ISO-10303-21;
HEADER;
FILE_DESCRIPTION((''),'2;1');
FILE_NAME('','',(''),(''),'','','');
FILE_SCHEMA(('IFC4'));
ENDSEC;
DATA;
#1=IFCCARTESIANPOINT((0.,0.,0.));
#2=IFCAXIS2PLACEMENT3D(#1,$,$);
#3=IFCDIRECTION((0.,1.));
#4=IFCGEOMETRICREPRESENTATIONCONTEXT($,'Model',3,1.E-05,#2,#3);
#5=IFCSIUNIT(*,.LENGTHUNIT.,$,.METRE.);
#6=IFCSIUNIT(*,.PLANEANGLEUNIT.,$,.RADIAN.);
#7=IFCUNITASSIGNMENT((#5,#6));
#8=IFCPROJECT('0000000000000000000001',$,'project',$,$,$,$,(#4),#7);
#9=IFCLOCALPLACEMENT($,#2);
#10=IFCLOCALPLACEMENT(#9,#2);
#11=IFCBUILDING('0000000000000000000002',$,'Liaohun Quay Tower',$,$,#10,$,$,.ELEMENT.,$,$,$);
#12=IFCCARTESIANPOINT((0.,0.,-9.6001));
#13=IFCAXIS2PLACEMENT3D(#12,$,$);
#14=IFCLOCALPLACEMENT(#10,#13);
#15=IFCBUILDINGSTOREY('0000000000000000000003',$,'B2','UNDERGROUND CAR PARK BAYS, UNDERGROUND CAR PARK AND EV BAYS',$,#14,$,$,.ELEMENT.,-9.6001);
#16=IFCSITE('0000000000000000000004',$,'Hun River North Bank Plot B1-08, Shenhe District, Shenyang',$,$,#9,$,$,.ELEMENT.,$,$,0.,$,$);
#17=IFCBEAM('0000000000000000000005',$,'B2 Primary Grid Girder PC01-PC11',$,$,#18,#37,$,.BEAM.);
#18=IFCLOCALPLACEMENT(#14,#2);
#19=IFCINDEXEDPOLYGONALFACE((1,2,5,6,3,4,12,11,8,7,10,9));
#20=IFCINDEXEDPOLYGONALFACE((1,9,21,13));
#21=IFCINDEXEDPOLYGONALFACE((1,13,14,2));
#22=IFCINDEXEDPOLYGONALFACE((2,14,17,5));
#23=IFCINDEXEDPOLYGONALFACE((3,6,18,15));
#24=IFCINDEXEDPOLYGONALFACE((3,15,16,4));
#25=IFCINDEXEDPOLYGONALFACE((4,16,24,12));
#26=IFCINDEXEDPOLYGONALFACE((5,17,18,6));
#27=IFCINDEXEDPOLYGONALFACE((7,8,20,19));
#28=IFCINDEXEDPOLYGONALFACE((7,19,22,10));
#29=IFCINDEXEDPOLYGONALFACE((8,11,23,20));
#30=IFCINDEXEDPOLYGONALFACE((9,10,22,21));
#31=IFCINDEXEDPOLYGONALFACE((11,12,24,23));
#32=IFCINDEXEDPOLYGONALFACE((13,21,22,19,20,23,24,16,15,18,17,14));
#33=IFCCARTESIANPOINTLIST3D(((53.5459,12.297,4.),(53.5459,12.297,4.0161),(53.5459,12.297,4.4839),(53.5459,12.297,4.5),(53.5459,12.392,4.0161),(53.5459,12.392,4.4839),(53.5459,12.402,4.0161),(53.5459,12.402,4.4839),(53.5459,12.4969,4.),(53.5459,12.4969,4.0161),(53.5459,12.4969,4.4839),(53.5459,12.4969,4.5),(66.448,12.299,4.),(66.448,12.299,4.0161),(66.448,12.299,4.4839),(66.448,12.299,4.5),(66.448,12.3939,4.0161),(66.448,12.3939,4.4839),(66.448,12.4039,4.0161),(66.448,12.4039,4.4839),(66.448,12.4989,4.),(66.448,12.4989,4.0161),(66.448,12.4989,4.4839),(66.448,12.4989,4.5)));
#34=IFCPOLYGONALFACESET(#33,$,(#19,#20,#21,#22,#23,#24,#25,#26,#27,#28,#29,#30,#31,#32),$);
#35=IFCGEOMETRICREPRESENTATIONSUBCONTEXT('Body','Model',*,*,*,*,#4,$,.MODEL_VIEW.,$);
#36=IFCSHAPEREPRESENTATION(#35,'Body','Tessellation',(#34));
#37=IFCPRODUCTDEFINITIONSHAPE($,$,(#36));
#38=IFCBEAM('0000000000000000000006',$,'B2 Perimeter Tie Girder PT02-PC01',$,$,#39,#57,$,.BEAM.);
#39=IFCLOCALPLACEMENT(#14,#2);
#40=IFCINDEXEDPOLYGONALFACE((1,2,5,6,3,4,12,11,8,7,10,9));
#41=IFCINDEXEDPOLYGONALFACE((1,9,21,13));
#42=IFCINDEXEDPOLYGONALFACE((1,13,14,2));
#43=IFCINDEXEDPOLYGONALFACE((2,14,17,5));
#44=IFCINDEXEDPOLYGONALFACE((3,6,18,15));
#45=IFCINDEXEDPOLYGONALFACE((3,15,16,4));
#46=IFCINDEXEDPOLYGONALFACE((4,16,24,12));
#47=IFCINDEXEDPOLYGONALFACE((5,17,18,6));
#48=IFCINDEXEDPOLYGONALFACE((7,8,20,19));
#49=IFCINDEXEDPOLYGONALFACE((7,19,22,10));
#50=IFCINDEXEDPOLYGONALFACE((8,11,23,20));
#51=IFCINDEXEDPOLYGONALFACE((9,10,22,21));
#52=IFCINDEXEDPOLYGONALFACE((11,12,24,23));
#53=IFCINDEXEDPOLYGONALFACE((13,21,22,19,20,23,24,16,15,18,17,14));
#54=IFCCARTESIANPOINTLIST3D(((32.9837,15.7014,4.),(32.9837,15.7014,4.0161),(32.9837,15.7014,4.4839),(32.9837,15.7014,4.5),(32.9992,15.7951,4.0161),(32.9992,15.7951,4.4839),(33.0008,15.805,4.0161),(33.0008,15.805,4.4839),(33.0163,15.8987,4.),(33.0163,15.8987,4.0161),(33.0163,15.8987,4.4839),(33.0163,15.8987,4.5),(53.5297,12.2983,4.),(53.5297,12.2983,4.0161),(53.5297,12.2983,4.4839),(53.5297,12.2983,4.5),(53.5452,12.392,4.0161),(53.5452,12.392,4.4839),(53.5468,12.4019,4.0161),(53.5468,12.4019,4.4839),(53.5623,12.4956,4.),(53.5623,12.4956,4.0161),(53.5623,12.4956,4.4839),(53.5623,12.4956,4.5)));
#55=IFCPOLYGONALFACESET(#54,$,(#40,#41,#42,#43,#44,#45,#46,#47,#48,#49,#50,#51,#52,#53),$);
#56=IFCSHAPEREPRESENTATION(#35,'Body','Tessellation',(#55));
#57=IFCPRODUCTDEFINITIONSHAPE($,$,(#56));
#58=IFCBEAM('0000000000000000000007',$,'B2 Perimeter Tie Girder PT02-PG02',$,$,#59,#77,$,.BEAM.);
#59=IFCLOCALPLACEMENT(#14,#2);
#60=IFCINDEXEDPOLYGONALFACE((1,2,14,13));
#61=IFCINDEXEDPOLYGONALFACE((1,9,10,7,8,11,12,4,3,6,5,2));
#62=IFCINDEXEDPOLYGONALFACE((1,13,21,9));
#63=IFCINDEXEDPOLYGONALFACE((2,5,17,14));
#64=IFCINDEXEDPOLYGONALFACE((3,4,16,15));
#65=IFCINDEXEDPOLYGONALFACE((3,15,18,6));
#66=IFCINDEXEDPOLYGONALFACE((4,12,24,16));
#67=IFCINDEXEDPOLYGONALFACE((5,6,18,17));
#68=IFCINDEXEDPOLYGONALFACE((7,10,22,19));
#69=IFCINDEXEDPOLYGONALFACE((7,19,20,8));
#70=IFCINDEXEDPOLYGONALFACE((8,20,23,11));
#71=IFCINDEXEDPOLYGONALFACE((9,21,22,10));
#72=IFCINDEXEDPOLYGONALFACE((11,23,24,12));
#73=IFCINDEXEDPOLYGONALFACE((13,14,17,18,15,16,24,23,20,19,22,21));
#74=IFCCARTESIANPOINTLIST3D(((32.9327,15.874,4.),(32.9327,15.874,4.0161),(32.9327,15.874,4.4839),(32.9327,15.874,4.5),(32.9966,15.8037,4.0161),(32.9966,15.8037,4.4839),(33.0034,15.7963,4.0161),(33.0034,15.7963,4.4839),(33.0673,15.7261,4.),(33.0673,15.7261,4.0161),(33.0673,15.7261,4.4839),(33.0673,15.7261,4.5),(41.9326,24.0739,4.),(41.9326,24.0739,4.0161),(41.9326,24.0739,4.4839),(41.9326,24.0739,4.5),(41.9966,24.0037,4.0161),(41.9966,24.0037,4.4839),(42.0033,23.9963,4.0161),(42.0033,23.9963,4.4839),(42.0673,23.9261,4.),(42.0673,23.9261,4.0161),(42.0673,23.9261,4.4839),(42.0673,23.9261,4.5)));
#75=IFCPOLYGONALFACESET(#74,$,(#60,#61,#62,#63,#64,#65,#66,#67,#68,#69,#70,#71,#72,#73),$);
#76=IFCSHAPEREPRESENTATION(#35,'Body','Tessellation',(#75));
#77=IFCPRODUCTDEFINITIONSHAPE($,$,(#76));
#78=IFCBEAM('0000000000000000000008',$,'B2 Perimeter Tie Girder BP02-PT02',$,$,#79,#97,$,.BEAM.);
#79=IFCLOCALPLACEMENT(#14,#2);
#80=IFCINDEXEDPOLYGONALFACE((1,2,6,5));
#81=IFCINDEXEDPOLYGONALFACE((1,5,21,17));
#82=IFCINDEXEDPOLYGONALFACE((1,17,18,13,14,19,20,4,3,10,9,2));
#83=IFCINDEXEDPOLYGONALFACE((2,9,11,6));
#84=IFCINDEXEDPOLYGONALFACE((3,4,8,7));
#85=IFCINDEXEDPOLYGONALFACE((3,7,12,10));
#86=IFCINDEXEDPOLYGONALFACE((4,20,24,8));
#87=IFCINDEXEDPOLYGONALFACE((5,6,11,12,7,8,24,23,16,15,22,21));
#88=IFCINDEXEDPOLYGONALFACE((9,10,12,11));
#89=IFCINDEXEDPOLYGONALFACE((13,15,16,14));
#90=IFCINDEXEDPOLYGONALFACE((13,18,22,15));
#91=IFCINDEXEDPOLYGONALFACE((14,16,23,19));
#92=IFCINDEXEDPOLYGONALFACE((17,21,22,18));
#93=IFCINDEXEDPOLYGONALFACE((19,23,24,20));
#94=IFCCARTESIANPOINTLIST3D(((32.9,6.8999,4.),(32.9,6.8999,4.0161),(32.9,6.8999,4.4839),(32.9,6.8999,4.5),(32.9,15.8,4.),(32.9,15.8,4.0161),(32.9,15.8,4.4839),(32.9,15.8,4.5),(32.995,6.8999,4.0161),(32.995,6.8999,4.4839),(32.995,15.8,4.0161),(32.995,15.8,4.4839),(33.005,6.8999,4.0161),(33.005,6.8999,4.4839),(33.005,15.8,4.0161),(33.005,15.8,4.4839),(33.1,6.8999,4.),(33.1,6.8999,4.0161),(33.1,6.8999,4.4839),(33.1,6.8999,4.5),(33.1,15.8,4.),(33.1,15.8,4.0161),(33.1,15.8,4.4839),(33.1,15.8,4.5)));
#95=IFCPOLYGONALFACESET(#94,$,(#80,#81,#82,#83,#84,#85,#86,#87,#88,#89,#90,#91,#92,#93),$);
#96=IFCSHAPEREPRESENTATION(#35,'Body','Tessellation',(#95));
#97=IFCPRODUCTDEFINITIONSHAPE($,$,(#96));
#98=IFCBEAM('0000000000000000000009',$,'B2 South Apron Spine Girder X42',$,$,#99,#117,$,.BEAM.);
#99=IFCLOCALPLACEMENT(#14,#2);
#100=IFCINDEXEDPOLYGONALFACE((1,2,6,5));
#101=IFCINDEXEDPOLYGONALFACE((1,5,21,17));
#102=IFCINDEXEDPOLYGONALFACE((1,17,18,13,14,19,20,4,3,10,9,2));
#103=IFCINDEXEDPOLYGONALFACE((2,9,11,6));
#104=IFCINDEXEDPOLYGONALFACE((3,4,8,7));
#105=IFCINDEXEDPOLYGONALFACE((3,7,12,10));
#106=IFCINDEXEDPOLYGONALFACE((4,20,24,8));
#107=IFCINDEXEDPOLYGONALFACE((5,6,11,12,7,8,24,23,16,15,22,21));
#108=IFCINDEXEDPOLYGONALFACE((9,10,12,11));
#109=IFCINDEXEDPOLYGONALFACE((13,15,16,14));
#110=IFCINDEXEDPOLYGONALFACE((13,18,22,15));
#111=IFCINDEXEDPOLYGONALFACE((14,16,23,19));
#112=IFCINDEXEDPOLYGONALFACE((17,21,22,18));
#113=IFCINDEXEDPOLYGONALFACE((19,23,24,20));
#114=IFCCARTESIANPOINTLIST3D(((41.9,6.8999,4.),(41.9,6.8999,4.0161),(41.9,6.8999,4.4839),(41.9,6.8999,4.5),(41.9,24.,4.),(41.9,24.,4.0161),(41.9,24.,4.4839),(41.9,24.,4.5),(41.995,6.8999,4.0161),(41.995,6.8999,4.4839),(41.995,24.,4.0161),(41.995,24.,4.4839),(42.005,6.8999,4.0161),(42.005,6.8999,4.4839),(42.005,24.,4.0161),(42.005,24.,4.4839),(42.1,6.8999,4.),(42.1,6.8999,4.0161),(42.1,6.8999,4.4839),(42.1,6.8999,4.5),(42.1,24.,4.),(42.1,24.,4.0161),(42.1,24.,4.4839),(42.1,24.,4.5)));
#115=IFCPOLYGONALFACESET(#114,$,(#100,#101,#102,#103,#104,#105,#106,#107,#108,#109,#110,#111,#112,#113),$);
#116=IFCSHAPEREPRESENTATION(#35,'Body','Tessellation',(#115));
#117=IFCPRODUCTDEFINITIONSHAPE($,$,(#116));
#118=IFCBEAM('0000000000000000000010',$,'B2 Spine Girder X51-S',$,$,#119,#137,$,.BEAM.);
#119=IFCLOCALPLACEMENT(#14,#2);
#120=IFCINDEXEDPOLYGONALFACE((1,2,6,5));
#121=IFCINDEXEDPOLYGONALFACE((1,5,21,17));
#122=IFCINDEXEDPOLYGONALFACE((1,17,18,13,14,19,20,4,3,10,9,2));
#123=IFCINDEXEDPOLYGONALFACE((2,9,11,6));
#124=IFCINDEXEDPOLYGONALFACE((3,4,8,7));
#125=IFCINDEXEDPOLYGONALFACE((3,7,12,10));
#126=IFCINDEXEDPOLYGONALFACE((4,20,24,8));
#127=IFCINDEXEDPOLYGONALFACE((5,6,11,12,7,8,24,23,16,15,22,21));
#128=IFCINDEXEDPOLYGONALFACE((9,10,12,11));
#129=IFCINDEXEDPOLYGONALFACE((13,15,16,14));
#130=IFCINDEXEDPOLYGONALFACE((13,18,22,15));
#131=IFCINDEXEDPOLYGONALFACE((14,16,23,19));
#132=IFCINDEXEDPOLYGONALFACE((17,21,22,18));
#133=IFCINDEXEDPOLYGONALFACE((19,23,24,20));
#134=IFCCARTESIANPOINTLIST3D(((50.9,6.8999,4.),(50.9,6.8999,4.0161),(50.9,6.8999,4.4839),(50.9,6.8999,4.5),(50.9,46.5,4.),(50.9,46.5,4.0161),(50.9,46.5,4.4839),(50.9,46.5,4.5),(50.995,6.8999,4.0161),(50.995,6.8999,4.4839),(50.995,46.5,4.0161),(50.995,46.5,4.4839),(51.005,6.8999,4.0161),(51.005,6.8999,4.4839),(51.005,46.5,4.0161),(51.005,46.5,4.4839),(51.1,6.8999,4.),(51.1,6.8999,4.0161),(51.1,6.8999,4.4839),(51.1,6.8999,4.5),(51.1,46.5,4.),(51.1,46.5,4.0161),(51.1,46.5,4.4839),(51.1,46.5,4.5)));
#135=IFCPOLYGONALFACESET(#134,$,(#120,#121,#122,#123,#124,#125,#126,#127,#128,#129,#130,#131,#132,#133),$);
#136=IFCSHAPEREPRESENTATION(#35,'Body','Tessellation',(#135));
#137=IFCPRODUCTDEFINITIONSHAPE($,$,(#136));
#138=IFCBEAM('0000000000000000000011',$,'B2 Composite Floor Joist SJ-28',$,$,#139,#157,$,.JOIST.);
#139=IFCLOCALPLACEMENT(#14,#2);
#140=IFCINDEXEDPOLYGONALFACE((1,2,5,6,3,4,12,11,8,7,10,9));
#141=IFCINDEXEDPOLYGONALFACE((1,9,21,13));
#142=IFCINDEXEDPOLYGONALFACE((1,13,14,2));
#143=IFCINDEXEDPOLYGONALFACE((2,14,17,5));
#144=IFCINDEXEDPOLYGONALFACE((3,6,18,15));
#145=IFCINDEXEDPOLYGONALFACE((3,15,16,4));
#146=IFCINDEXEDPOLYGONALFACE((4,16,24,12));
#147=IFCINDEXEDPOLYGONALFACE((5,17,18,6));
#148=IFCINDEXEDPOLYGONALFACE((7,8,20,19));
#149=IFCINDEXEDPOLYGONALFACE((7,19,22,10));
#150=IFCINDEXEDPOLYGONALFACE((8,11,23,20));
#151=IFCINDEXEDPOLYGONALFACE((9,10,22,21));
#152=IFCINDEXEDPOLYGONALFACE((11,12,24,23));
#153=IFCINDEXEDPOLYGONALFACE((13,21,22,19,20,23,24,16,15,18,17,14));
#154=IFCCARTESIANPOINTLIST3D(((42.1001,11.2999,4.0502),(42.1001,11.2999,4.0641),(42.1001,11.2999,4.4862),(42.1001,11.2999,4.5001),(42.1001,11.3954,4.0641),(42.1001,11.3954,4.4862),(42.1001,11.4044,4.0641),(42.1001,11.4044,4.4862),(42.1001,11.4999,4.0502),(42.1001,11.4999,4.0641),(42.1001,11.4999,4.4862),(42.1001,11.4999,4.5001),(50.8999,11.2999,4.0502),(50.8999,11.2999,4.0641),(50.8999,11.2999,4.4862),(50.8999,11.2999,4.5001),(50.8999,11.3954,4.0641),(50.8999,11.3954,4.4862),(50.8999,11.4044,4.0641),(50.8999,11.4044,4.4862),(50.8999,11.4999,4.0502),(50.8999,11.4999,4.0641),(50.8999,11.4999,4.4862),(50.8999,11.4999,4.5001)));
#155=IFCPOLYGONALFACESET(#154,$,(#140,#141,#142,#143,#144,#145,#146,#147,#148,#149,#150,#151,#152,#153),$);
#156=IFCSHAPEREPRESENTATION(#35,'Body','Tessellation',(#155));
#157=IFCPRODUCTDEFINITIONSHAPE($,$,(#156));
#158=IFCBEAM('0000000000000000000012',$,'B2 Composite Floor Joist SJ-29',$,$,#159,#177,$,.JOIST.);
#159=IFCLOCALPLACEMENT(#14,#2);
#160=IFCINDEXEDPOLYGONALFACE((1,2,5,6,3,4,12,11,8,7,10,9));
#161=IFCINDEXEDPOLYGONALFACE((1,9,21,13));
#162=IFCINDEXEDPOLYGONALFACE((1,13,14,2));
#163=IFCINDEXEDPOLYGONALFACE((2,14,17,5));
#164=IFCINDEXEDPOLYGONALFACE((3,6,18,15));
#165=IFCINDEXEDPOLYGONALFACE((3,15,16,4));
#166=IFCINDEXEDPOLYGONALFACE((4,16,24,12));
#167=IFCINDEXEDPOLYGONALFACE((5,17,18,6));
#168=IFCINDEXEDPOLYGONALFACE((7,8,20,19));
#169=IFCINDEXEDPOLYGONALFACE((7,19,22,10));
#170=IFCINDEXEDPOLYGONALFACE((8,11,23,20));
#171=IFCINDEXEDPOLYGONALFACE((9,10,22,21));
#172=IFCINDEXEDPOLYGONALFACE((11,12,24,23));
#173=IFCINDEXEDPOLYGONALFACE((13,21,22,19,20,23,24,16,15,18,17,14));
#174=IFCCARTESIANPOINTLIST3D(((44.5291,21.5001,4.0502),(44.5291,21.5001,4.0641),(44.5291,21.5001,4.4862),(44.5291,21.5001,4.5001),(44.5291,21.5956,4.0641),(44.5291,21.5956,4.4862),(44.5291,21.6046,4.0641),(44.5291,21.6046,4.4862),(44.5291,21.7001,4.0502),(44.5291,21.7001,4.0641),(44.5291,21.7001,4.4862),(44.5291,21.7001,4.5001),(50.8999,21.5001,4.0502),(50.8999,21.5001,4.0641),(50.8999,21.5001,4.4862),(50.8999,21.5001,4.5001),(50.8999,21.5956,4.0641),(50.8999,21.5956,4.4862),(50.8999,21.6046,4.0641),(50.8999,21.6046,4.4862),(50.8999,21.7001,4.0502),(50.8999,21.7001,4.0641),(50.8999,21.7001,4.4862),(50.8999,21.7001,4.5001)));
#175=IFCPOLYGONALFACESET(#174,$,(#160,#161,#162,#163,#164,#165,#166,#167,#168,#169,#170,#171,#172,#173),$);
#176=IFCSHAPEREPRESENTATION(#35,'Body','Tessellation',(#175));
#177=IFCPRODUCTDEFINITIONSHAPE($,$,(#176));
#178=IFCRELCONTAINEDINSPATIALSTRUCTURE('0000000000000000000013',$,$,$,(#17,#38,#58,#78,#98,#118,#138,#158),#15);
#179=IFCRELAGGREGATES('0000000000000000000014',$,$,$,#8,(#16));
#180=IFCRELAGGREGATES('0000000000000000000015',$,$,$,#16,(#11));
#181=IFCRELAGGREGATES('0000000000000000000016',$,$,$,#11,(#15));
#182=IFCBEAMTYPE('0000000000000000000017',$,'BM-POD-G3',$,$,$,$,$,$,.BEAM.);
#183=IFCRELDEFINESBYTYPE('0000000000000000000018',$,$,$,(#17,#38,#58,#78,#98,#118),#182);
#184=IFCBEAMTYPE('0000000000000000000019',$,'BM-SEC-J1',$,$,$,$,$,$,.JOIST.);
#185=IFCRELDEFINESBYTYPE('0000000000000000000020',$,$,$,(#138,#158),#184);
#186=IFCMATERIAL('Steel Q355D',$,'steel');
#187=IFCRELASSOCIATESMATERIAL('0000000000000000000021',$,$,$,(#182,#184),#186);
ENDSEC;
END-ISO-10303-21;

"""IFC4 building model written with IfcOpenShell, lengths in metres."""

from ifc_helpers import new_model, si_unit, direction, frame, origin, origin_2d, place, context, subcontext, project, spatial, i_section, extrude, source, transform, mapped, material, material_profile, profile_set, type_object, element, save


model = new_model("IFC4")

# Units and contexts
model_context = context("Model", 3, precision=1e-05, world=origin(), true_north=direction((0.0, 1.0)))
body_context = subcontext(model_context, "Body", "Model", "MODEL_VIEW")
ifc_project = project(units=[si_unit("LENGTHUNIT", "METRE"), si_unit("PLANEANGLEUNIT", "RADIAN")], contexts=[model_context])

# Site, building, storey
site_placement = place(None, origin())
site = spatial("IfcSite", under=ifc_project, at=site_placement, Name="Hun River North Bank Plot B1-08, Shenhe District, Shenyang", CompositionType="ELEMENT", RefElevation=0.0)
building_placement = place(site_placement, origin())
building = spatial("IfcBuilding", under=site, at=building_placement, Name="Liaohun Quay Tower", CompositionType="ELEMENT")
storey_placement = place(building_placement, frame((0.0, 0.0, -9.6001)))
storey = spatial("IfcBuildingStorey", under=building, at=storey_placement, Name="B2", Description="UNDERGROUND CAR PARK BAYS, UNDERGROUND CAR PARK AND EV BAYS", CompositionType="ELEMENT", Elevation=-9.6001)

# Beams
ifc_material_1 = material(Name="Steel Q355D", Category="steel")
ifc_material_profile_1 = material_profile(ifc_material_1, i_section(OverallWidth=0.2, OverallDepth=0.5, WebThickness=0.01, FlangeThickness=0.0161, at=origin_2d()), Name="HN500x200x10x16")
ifc_profile_set_1 = profile_set([ifc_material_profile_1], Name="Steel Q355D")
beam_type_1 = type_object("IfcBeamType", Name="BM-POD-G3", PredefinedType="BEAM", material=ifc_profile_set_1)
shared_shape_1 = source(origin(), body_context, "Body", "SweptSolid", [
    extrude(i_section(OverallWidth=0.2, OverallDepth=0.5, WebThickness=0.01, FlangeThickness=0.0161, at=origin_2d()), origin(), (0.0, 0.0, 1.0), 12.9021),
])
beam_1_placement = place(storey_placement, frame((53.5459, 12.397, 4.25), z_axis=(1.0, 0.000151, 0.0), x_axis=(-0.000151, 1.0, 0.0)))
element("IfcBeam", 1, at=beam_1_placement, inside=storey, type_object=beam_type_1, Name="B2 Primary Grid Girder PC01-PC11", PredefinedType="BEAM", context=body_context, shape_type="MappedRepresentation", body=[
    mapped(shared_shape_1, transform((0.0, 0.0, 0.0), x_axis=(1.0, 0.0, 0.0), y_axis=(0.0, 1.0, 0.0), z_axis=(0.0, 0.0, 1.0), scale=1.0)),
])
shared_shape_2 = source(origin(), body_context, "Body", "SweptSolid", [
    extrude(i_section(OverallWidth=0.2, OverallDepth=0.5, WebThickness=0.01, FlangeThickness=0.0161, at=origin_2d()), origin(), (0.0, 0.0, 1.0), 20.8259),
])
beam_2_placement = place(storey_placement, frame((33.0, 15.8, 4.25), z_axis=(0.986559, -0.163407, 0.0), x_axis=(0.163407, 0.986559, 0.0)))
element("IfcBeam", 2, at=beam_2_placement, inside=storey, type_object=beam_type_1, Name="B2 Perimeter Tie Girder PT02-PC01", PredefinedType="BEAM", context=body_context, shape_type="MappedRepresentation", body=[
    mapped(shared_shape_2, transform((0.0, 0.0, 0.0), x_axis=(1.0, 0.0, 0.0), y_axis=(0.0, 1.0, 0.0), z_axis=(0.0, 0.0, 1.0), scale=1.0)),
])
shared_shape_3 = source(origin(), body_context, "Body", "SweptSolid", [
    extrude(i_section(OverallWidth=0.2, OverallDepth=0.5, WebThickness=0.01, FlangeThickness=0.0161, at=origin_2d()), origin(), (0.0, 0.0, 1.0), 12.1753),
])
beam_3_placement = place(storey_placement, frame((33.0, 15.8, 4.25), z_axis=(0.739198, 0.673488, 0.0), x_axis=(-0.673488, 0.739198, 0.0)))
element("IfcBeam", 3, at=beam_3_placement, inside=storey, type_object=beam_type_1, Name="B2 Perimeter Tie Girder PT02-PG02", PredefinedType="BEAM", context=body_context, shape_type="MappedRepresentation", body=[
    mapped(shared_shape_3, transform((0.0, 0.0, 0.0), x_axis=(1.0, 0.0, 0.0), y_axis=(0.0, 1.0, 0.0), z_axis=(0.0, 0.0, 1.0), scale=1.0)),
])
shared_shape_4 = source(origin(), body_context, "Body", "SweptSolid", [
    extrude(i_section(OverallWidth=0.2, OverallDepth=0.5, WebThickness=0.01, FlangeThickness=0.0161, at=origin_2d()), origin(), (0.0, 0.0, 1.0), 8.9001),
])
beam_4_placement = place(storey_placement, frame((33.0, 6.8999, 4.25), z_axis=(0.0, 1.0, 0.0), x_axis=(-1.0, 0.0, 0.0)))
element("IfcBeam", 4, at=beam_4_placement, inside=storey, type_object=beam_type_1, Name="B2 Perimeter Tie Girder BP02-PT02", PredefinedType="BEAM", context=body_context, shape_type="MappedRepresentation", body=[
    mapped(shared_shape_4, transform((0.0, 0.0, 0.0), x_axis=(1.0, 0.0, 0.0), y_axis=(0.0, 1.0, 0.0), z_axis=(0.0, 0.0, 1.0), scale=1.0)),
])
shared_shape_5 = source(origin(), body_context, "Body", "SweptSolid", [
    extrude(i_section(OverallWidth=0.2, OverallDepth=0.5, WebThickness=0.01, FlangeThickness=0.0161, at=origin_2d()), origin(), (0.0, 0.0, 1.0), 17.1001),
])
beam_5_placement = place(storey_placement, frame((42.0, 6.8999, 4.25), z_axis=(0.0, 1.0, 0.0), x_axis=(-1.0, 0.0, 0.0)))
element("IfcBeam", 5, at=beam_5_placement, inside=storey, type_object=beam_type_1, Name="B2 South Apron Spine Girder X42", PredefinedType="BEAM", context=body_context, shape_type="MappedRepresentation", body=[
    mapped(shared_shape_5, transform((0.0, 0.0, 0.0), x_axis=(1.0, 0.0, 0.0), y_axis=(0.0, 1.0, 0.0), z_axis=(0.0, 0.0, 1.0), scale=1.0)),
])
shared_shape_6 = source(origin(), body_context, "Body", "SweptSolid", [
    extrude(i_section(OverallWidth=0.2, OverallDepth=0.5, WebThickness=0.01, FlangeThickness=0.0161, at=origin_2d()), origin(), (0.0, 0.0, 1.0), 39.6001),
])
beam_6_placement = place(storey_placement, frame((51.0, 6.8999, 4.25), z_axis=(0.0, 1.0, 0.0), x_axis=(-1.0, 0.0, 0.0)))
element("IfcBeam", 6, at=beam_6_placement, inside=storey, type_object=beam_type_1, Name="B2 Spine Girder X51-S", PredefinedType="BEAM", context=body_context, shape_type="MappedRepresentation", body=[
    mapped(shared_shape_6, transform((0.0, 0.0, 0.0), x_axis=(1.0, 0.0, 0.0), y_axis=(0.0, 1.0, 0.0), z_axis=(0.0, 0.0, 1.0), scale=1.0)),
])
ifc_material_profile_2 = material_profile(ifc_material_1, i_section(OverallWidth=0.2, OverallDepth=0.45, WebThickness=0.009, FlangeThickness=0.0139, at=origin_2d()), Name="HN450x200x9x14")
ifc_profile_set_2 = profile_set([ifc_material_profile_2], Name="Steel Q355D")
beam_type_2 = type_object("IfcBeamType", Name="BM-SEC-J1", PredefinedType="JOIST", material=ifc_profile_set_2)
shared_shape_7 = source(origin(), body_context, "Body", "SweptSolid", [
    extrude(i_section(OverallWidth=0.2, OverallDepth=0.45, WebThickness=0.009, FlangeThickness=0.0139, at=origin_2d()), origin(), (0.0, 0.0, 1.0), 8.7998),
])
beam_7_placement = place(storey_placement, frame((42.1001, 11.3999, 4.2751), z_axis=(1.0, 0.0, 0.0), x_axis=(0.0, 1.0, 0.0)))
element("IfcBeam", 7, at=beam_7_placement, inside=storey, type_object=beam_type_2, Name="B2 Composite Floor Joist SJ-28", PredefinedType="JOIST", context=body_context, shape_type="MappedRepresentation", body=[
    mapped(shared_shape_7, transform((0.0, 0.0, 0.0), x_axis=(1.0, 0.0, 0.0), y_axis=(0.0, 1.0, 0.0), z_axis=(0.0, 0.0, 1.0), scale=1.0)),
])
shared_shape_8 = source(origin(), body_context, "Body", "SweptSolid", [
    extrude(i_section(OverallWidth=0.2, OverallDepth=0.45, WebThickness=0.009, FlangeThickness=0.0139, at=origin_2d()), origin(), (0.0, 0.0, 1.0), 6.3708),
])
beam_8_placement = place(storey_placement, frame((44.5291, 21.6001, 4.2751), z_axis=(1.0, 0.0, 0.0), x_axis=(0.0, 1.0, 0.0)))
element("IfcBeam", 8, at=beam_8_placement, inside=storey, type_object=beam_type_2, Name="B2 Composite Floor Joist SJ-29", PredefinedType="JOIST", context=body_context, shape_type="MappedRepresentation", body=[
    mapped(shared_shape_8, transform((0.0, 0.0, 0.0), x_axis=(1.0, 0.0, 0.0), y_axis=(0.0, 1.0, 0.0), z_axis=(0.0, 0.0, 1.0), scale=1.0)),
])

save(model, "model.ifc")
